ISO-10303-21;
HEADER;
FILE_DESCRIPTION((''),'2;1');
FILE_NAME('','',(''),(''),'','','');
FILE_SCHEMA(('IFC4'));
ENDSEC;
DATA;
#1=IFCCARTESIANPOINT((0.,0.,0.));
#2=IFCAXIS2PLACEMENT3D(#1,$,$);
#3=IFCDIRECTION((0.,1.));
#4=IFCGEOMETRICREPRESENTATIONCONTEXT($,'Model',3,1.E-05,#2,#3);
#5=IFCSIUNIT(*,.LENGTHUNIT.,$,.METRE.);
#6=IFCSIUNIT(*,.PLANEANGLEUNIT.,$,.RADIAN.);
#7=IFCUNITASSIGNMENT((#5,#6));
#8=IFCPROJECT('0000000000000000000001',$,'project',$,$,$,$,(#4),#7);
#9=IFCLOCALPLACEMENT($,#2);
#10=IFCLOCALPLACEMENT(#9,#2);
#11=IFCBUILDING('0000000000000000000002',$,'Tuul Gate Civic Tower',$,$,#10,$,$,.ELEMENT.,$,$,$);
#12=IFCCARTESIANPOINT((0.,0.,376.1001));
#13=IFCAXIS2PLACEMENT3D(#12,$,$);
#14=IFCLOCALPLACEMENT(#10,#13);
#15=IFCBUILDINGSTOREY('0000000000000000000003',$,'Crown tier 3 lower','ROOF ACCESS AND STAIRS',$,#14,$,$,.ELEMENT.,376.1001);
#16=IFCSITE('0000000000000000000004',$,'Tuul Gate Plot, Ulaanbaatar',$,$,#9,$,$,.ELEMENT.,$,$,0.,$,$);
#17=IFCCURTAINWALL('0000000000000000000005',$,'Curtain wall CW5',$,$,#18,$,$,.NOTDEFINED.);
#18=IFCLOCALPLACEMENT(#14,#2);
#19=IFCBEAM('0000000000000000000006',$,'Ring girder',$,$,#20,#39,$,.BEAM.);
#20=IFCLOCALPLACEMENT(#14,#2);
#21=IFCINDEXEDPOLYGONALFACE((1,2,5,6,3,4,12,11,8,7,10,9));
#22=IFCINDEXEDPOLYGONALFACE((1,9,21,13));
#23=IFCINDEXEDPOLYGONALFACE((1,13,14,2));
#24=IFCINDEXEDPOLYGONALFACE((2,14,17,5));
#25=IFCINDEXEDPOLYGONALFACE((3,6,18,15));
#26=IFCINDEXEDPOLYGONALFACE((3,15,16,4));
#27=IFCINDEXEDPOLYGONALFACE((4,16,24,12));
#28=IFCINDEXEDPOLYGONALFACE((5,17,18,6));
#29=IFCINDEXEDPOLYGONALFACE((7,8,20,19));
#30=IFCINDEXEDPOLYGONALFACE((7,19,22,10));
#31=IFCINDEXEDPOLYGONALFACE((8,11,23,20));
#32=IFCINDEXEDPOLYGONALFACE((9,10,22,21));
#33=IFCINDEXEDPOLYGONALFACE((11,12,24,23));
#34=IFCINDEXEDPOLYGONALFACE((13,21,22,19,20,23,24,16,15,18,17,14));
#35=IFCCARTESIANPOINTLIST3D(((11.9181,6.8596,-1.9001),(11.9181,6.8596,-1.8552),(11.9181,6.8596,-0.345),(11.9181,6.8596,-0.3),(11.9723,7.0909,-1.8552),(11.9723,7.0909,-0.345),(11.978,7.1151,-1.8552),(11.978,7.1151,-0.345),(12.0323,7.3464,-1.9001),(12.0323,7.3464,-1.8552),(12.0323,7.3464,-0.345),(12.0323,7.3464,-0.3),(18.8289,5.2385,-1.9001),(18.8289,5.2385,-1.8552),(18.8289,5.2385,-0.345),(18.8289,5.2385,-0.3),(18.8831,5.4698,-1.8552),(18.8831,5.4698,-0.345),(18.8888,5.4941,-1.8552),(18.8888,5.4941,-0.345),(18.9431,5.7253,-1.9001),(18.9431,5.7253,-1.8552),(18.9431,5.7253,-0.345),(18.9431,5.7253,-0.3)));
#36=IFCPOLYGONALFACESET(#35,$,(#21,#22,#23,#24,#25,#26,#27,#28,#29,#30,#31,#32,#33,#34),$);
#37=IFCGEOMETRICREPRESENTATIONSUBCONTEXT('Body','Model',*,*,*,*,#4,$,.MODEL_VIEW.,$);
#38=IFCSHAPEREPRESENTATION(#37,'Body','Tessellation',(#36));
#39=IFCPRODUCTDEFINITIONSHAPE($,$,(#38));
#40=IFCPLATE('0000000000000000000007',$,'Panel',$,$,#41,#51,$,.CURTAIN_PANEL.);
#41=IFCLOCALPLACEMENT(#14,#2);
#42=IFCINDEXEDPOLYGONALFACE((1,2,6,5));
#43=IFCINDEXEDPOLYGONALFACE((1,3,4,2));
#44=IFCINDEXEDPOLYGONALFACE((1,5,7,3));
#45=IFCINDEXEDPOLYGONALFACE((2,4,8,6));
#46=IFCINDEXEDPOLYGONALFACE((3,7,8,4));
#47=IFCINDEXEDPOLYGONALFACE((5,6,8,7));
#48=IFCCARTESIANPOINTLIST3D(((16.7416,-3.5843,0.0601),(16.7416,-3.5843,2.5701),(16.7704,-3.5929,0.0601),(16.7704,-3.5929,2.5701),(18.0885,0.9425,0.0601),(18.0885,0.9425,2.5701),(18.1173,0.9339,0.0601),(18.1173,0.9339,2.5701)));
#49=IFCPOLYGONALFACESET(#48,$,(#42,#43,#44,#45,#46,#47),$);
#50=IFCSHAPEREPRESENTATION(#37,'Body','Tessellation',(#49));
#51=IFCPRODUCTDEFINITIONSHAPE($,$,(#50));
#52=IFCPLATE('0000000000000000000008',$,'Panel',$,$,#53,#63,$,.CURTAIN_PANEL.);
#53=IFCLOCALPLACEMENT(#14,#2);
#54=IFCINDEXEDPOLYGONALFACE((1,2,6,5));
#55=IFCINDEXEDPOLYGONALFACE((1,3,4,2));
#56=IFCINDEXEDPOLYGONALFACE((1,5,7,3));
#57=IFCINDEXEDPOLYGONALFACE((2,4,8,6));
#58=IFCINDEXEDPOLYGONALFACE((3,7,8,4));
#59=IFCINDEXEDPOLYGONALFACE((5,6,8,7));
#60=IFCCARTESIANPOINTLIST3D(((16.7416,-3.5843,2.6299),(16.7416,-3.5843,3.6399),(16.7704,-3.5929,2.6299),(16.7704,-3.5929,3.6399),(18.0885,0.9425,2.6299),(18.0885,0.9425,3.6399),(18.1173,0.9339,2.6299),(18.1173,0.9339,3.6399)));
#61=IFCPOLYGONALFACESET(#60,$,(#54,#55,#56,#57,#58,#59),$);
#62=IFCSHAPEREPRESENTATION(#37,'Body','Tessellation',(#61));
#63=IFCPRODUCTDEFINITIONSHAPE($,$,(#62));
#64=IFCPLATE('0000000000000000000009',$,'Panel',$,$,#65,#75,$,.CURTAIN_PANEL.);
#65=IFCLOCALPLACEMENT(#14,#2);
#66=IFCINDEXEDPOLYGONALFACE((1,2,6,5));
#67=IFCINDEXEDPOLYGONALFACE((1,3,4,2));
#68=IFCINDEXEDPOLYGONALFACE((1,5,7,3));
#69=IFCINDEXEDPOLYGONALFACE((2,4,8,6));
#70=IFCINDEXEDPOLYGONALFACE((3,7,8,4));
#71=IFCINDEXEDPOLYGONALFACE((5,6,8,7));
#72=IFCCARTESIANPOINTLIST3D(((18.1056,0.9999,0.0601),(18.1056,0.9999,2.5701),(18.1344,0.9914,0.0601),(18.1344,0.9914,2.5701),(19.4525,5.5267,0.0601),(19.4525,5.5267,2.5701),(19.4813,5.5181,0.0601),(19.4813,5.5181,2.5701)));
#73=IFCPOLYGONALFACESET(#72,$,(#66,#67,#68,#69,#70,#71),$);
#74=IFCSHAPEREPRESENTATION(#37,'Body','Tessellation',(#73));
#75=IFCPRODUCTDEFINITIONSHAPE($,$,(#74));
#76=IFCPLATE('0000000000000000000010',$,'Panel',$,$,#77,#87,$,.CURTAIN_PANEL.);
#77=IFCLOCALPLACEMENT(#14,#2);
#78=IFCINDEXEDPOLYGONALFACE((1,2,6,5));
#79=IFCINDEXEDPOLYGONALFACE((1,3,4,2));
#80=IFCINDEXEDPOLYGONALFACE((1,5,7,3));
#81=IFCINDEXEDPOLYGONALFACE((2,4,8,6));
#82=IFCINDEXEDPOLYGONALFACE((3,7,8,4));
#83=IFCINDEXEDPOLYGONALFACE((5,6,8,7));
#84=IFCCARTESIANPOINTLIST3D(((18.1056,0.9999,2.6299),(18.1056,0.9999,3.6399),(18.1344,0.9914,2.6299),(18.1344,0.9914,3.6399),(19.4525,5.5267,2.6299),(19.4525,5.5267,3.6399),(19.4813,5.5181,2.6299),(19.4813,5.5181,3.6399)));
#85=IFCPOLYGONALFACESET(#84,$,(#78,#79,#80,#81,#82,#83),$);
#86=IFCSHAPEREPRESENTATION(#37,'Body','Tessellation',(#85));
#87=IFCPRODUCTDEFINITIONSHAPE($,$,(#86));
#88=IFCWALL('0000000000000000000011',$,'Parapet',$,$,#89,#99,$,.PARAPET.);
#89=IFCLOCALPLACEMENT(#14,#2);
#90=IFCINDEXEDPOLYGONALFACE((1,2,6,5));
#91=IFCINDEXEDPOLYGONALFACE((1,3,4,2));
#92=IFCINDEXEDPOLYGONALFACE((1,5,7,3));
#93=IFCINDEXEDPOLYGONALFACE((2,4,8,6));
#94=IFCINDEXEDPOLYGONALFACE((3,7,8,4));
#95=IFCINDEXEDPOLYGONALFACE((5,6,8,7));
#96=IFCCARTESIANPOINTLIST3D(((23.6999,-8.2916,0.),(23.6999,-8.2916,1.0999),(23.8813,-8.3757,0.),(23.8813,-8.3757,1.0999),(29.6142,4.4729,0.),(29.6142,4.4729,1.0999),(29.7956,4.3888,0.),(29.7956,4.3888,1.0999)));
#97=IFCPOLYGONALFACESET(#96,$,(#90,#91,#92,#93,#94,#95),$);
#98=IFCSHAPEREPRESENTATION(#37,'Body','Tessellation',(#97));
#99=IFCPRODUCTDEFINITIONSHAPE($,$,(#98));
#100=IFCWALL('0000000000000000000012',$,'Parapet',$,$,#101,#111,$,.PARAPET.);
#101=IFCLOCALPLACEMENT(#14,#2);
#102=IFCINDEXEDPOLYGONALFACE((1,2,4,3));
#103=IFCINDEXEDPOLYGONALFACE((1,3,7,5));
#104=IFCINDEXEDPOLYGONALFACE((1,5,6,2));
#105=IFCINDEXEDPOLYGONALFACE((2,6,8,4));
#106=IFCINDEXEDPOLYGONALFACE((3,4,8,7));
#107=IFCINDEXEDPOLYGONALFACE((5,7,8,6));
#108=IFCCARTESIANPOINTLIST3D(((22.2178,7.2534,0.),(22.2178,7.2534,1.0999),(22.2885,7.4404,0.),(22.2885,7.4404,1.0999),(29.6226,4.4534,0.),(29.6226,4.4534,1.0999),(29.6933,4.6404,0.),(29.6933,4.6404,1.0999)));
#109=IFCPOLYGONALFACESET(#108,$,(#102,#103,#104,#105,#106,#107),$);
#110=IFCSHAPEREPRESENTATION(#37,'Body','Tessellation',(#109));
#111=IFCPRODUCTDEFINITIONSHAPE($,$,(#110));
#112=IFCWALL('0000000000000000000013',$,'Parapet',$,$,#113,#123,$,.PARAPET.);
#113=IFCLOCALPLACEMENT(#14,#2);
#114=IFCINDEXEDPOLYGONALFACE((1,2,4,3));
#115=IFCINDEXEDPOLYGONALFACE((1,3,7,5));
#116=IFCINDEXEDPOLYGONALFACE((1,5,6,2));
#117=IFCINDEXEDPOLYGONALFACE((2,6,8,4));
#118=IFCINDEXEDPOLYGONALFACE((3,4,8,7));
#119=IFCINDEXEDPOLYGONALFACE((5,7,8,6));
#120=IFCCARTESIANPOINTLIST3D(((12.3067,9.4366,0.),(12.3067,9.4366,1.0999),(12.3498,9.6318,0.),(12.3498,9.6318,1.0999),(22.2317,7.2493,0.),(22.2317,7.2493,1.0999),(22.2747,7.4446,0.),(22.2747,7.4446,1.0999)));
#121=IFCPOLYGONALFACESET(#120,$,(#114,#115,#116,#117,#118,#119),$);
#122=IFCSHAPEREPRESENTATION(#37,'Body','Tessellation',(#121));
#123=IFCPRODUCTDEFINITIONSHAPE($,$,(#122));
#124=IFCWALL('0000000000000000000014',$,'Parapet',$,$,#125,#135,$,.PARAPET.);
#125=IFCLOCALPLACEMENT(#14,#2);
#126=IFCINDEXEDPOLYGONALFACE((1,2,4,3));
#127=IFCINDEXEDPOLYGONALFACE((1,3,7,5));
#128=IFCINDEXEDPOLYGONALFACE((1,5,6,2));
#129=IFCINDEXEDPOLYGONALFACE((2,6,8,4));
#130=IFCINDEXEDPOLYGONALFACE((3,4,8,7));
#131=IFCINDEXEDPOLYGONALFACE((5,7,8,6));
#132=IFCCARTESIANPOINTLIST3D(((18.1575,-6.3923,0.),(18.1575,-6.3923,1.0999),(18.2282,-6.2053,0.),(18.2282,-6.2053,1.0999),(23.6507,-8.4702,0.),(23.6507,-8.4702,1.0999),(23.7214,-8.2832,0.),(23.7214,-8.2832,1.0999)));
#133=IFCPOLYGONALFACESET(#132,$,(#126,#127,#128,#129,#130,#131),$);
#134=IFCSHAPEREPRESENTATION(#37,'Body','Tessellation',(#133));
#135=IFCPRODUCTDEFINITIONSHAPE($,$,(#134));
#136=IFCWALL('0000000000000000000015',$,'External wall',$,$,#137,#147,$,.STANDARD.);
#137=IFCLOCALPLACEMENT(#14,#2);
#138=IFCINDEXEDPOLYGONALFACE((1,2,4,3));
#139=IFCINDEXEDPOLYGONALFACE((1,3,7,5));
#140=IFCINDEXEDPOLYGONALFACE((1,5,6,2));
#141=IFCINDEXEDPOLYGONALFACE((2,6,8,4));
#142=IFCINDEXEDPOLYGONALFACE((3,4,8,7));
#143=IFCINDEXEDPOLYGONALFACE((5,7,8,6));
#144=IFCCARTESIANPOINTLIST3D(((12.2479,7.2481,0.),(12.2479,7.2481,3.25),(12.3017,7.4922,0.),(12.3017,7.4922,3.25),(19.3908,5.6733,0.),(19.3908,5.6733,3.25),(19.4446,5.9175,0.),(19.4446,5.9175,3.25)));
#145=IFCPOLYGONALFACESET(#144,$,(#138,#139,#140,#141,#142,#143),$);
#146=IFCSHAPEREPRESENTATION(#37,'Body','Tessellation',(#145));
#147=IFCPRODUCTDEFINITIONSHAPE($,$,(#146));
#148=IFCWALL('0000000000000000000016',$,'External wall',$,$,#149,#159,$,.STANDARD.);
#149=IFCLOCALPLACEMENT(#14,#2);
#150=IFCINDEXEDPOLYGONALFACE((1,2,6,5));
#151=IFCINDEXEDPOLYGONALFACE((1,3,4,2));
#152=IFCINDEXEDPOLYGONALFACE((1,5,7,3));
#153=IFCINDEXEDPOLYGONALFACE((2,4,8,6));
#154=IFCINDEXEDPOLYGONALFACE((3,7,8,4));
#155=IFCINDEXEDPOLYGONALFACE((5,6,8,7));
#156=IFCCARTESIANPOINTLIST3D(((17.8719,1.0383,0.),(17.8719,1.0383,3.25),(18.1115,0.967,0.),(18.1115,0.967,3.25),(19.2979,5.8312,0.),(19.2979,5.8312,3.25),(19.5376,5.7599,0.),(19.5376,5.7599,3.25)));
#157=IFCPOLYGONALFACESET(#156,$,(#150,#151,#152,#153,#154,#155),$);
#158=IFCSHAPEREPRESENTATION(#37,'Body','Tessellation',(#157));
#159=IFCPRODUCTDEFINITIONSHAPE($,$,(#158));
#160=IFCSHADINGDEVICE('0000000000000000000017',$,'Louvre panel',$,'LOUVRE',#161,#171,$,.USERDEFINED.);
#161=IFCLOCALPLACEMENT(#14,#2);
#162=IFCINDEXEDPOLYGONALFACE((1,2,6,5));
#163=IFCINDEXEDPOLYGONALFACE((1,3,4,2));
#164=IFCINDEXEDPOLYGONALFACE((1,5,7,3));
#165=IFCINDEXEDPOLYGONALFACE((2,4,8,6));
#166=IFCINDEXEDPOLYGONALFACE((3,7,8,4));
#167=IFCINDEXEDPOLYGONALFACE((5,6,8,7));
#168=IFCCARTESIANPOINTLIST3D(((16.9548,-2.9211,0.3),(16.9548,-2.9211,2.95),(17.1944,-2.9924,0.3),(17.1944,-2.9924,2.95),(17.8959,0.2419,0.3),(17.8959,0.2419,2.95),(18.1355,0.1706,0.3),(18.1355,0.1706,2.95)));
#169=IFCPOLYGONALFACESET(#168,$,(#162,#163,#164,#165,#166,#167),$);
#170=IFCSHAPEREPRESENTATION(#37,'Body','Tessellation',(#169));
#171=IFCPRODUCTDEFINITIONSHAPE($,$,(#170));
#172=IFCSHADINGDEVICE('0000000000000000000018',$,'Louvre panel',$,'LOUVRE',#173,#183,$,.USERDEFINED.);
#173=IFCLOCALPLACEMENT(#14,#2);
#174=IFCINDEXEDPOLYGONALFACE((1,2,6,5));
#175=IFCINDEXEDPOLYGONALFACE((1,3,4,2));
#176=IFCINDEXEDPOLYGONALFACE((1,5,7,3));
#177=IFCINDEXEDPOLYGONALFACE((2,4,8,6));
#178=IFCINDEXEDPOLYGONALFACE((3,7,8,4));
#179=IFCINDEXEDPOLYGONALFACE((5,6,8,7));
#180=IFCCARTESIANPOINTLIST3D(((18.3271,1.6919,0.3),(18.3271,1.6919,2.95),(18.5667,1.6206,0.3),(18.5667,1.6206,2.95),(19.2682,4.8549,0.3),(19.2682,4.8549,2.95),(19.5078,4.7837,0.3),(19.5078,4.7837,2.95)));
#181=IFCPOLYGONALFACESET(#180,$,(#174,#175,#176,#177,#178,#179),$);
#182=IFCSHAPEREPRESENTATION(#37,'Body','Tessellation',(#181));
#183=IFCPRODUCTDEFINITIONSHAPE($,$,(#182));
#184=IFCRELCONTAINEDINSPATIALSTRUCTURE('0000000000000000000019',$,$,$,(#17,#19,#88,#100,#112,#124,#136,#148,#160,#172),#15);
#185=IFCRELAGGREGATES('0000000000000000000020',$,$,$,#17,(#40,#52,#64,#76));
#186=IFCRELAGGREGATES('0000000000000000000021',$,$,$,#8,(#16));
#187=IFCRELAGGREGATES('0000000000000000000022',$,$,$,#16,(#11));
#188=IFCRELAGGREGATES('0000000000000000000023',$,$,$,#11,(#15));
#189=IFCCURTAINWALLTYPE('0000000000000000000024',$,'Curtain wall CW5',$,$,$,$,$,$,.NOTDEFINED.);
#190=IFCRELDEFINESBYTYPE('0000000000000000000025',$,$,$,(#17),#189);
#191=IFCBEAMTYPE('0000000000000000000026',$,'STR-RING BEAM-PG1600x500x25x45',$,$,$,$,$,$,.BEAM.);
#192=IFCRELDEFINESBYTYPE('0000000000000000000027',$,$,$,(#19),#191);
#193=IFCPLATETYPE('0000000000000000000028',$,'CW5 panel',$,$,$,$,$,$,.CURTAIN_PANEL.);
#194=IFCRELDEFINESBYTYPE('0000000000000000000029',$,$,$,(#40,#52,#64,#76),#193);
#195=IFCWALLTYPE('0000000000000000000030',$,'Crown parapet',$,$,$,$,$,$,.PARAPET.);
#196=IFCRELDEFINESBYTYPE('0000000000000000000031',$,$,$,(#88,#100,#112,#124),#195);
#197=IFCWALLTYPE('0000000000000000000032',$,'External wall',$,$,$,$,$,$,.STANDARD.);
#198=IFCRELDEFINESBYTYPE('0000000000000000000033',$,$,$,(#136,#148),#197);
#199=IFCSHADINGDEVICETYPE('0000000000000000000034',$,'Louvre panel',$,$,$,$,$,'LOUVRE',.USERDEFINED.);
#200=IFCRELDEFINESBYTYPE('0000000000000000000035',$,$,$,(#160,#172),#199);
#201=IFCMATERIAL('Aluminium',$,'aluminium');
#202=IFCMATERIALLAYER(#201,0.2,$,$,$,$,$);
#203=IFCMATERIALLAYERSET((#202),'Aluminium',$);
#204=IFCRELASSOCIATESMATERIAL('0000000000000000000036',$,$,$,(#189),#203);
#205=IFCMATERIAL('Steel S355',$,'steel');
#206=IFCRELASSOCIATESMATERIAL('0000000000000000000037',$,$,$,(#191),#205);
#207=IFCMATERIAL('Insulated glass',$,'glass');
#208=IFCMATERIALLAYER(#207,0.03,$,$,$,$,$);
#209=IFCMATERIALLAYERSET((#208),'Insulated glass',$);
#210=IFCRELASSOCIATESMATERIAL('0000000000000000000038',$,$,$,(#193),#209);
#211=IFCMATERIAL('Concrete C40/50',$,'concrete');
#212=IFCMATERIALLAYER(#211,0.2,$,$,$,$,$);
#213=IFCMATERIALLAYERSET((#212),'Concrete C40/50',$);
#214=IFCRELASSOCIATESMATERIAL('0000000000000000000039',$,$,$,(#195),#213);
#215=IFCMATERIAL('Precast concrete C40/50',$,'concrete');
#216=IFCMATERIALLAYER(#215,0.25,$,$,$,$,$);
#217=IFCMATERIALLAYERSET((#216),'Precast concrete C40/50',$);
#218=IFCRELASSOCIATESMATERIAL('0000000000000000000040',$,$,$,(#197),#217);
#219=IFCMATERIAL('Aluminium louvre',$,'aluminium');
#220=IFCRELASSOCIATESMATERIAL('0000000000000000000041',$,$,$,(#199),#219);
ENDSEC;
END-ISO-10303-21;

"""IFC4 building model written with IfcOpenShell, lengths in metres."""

from ifc_helpers import new_model, si_unit, direction, frame, frame_2d, origin, origin_2d, place, context, subcontext, project, spatial, rectangle, i_section, extrude, material, layer, layer_set, material_profile, profile_set, type_object, element, aggregate, save


model = new_model("IFC4")

# Units and contexts
model_context = context("Model", 3, precision=1e-05, world=origin(), true_north=direction((0.0, 1.0)))
body_context = subcontext(model_context, "Body", "Model", "MODEL_VIEW")
ifc_project = project(units=[si_unit("LENGTHUNIT", "METRE"), si_unit("PLANEANGLEUNIT", "RADIAN")], contexts=[model_context])

# Site, building, storey
site_placement = place(None, origin())
site = spatial("IfcSite", under=ifc_project, at=site_placement, Name="Tuul Gate Plot, Ulaanbaatar", CompositionType="ELEMENT", RefElevation=0.0)
building_placement = place(site_placement, origin())
building = spatial("IfcBuilding", under=site, at=building_placement, Name="Tuul Gate Civic Tower", CompositionType="ELEMENT")
storey_placement = place(building_placement, frame((0.0, 0.0, 376.1001)))
storey = spatial("IfcBuildingStorey", under=building, at=storey_placement, Name="Crown tier 3 lower", Description="ROOF ACCESS AND STAIRS", CompositionType="ELEMENT", Elevation=376.1001)

# Shared definitions
ifc_material_1 = material(Name="Aluminium", Category="aluminium")
ifc_layer_1 = layer(ifc_material_1, 0.2)
ifc_layer_set_1 = layer_set([ifc_layer_1], Name="Aluminium")
curtain_wall_type = type_object("IfcCurtainWallType", Name="Curtain wall CW5", PredefinedType="NOTDEFINED", material=ifc_layer_set_1)

# Curtain wall
curtain_wall_1_placement = place(storey_placement, origin())
curtain_wall_1 = element("IfcCurtainWall", 1, at=curtain_wall_1_placement, inside=storey, type_object=curtain_wall_type, Name="Curtain wall CW5", PredefinedType="NOTDEFINED")

# Beam
ifc_material_2 = material(Name="Steel S355", Category="steel")
ifc_material_profile_1 = material_profile(ifc_material_2, i_section(OverallWidth=0.5, OverallDepth=1.6001, WebThickness=0.0249, FlangeThickness=0.0449, at=origin_2d()), Name="PG1600x500x25x45")
ifc_profile_set_1 = profile_set([ifc_material_profile_1], Name="Steel S355")
beam_type_1 = type_object("IfcBeamType", Name="STR-RING BEAM-PG1600x500x25x45", PredefinedType="BEAM", material=ifc_profile_set_1)
beam_1_placement = place(storey_placement, frame((18.886, 5.4819, -1.1001), z_axis=(-0.973574, 0.228372, 0.0), x_axis=(-0.228372, -0.973574, 0.0)))
element("IfcBeam", 2, at=beam_1_placement, inside=storey, type_object=beam_type_1, Name="Ring girder", PredefinedType="BEAM", context=body_context, shape_type="SweptSolid", body=[
    extrude(i_section(OverallWidth=0.5, OverallDepth=1.6001, WebThickness=0.0249, FlangeThickness=0.0449, at=origin_2d()), origin(), (0.0, 0.0, 1.0), 7.0984),
])

# Plates
ifc_material_3 = material(Name="Insulated glass", Category="glass")
ifc_layer_2 = layer(ifc_material_3, 0.03)
ifc_layer_set_2 = layer_set([ifc_layer_2], Name="Insulated glass")
plate_type = type_object("IfcPlateType", Name="CW5 panel", PredefinedType="CURTAIN_PANEL", material=ifc_layer_set_2)
plate_1_placement = place(storey_placement, frame((17.4294, -1.3252, 0.0601), z_axis=(0.0, 0.0, 1.0), x_axis=(0.285174, 0.958476, 0.0)))
plate_1 = element("IfcPlate", 3, at=plate_1_placement, type_object=plate_type, Name="Panel", PredefinedType="CURTAIN_PANEL", context=body_context, shape_type="SweptSolid", body=[
    extrude(rectangle(XDim=4.7229, YDim=0.03, at=origin_2d()), origin(), (0.0, 0.0, 1.0), 2.51),
])
plate_2_placement = place(storey_placement, frame((17.4294, -1.3252, 2.6299), z_axis=(0.0, 0.0, 1.0), x_axis=(0.285174, 0.958476, 0.0)))
plate_2 = element("IfcPlate", 4, at=plate_2_placement, type_object=plate_type, Name="Panel", PredefinedType="CURTAIN_PANEL", context=body_context, shape_type="SweptSolid", body=[
    extrude(rectangle(XDim=4.7229, YDim=0.03, at=origin_2d()), origin(), (0.0, 0.0, 1.0), 1.01),
])
plate_3_placement = place(storey_placement, frame((18.7935, 3.259, 0.0601), z_axis=(0.0, 0.0, 1.0), x_axis=(0.285174, 0.958476, 0.0)))
plate_3 = element("IfcPlate", 5, at=plate_3_placement, type_object=plate_type, Name="Panel", PredefinedType="CURTAIN_PANEL", context=body_context, shape_type="SweptSolid", body=[
    extrude(rectangle(XDim=4.7229, YDim=0.03, at=origin_2d()), origin(), (0.0, 0.0, 1.0), 2.51),
])
plate_4_placement = place(storey_placement, frame((18.7935, 3.259, 2.6299), z_axis=(0.0, 0.0, 1.0), x_axis=(0.285174, 0.958476, 0.0)))
plate_4 = element("IfcPlate", 6, at=plate_4_placement, type_object=plate_type, Name="Panel", PredefinedType="CURTAIN_PANEL", context=body_context, shape_type="SweptSolid", body=[
    extrude(rectangle(XDim=4.7229, YDim=0.03, at=origin_2d()), origin(), (0.0, 0.0, 1.0), 1.01),
])
aggregate(curtain_wall_1, [plate_1, plate_2, plate_3, plate_4])

# Walls
ifc_material_4 = material(Name="Concrete C40/50", Category="concrete")
ifc_layer_3 = layer(ifc_material_4, 0.2)
ifc_layer_set_3 = layer_set([ifc_layer_3], Name="Concrete C40/50")
wall_type_1 = type_object("IfcWallType", Name="Crown parapet", PredefinedType="PARAPET", material=ifc_layer_set_3)
wall_1_placement = place(storey_placement, frame((23.7905, -8.3337, 0.0), z_axis=(0.0, 0.0, 1.0), x_axis=(0.420408, 0.907335, 0.0)))
element("IfcWall", 7, at=wall_1_placement, inside=storey, type_object=wall_type_1, Name="Parapet", PredefinedType="PARAPET", context=body_context, shape_type="SweptSolid", body=[
    extrude(rectangle(XDim=14.0681, YDim=0.2, at=frame_2d((7.0342, 0.0))), origin(), (0.0, 0.0, 1.0), 1.0999),
])
wall_2_placement = place(storey_placement, frame((29.658, 4.5469, 0.0), z_axis=(0.0, 0.0, 1.0), x_axis=(-0.93536, 0.353697, 0.0)))
element("IfcWall", 8, at=wall_2_placement, inside=storey, type_object=wall_type_1, Name="Parapet", PredefinedType="PARAPET", context=body_context, shape_type="SweptSolid", body=[
    extrude(rectangle(XDim=7.9165, YDim=0.2, at=frame_2d((3.9583, 0.0))), origin(), (0.0, 0.0, 1.0), 1.0999),
])
wall_3_placement = place(storey_placement, frame((22.2532, 7.3469, 0.0), z_axis=(0.0, 0.0, 1.0), x_axis=(-0.976566, 0.215218, 0.0)))
element("IfcWall", 9, at=wall_3_placement, inside=storey, type_object=wall_type_1, Name="Parapet", PredefinedType="PARAPET", context=body_context, shape_type="SweptSolid", body=[
    extrude(rectangle(XDim=10.1631, YDim=0.2, at=frame_2d((5.0815, 0.0))), origin(), (0.0, 0.0, 1.0), 1.0999),
])
wall_4_placement = place(storey_placement, frame((18.1929, -6.2988, 0.0), z_axis=(0.0, 0.0, 1.0), x_axis=(0.935321, -0.353801, 0.0)))
element("IfcWall", 10, at=wall_4_placement, inside=storey, type_object=wall_type_1, Name="Parapet", PredefinedType="PARAPET", context=body_context, shape_type="SweptSolid", body=[
    extrude(rectangle(XDim=5.873, YDim=0.2, at=frame_2d((2.9365, 0.0))), origin(), (0.0, 0.0, 1.0), 1.0999),
])
ifc_material_5 = material(Name="Precast concrete C40/50", Category="concrete")
ifc_layer_4 = layer(ifc_material_5, 0.25)
ifc_layer_set_4 = layer_set([ifc_layer_4], Name="Precast concrete C40/50")
wall_type_2 = type_object("IfcWallType", Name="External wall", PredefinedType="STANDARD", material=ifc_layer_set_4)
wall_5_placement = place(storey_placement, frame((19.4177, 5.7954, 0.0), z_axis=(0.0, 0.0, 1.0), x_axis=(-0.97655, 0.21529, 0.0)))
element("IfcWall", 11, at=wall_5_placement, inside=storey, type_object=wall_type_2, Name="External wall", PredefinedType="STANDARD", context=body_context, shape_type="SweptSolid", body=[
    extrude(rectangle(XDim=7.3145, YDim=0.25, at=frame_2d((3.6572, 0.0))), origin(), (0.0, 0.0, 1.0), 3.25),
])
wall_6_placement = place(storey_placement, frame((17.9917, 1.0027, 0.0), z_axis=(0.0, 0.0, 1.0), x_axis=(0.285184, 0.958473, 0.0)))
element("IfcWall", 12, at=wall_6_placement, inside=storey, type_object=wall_type_2, Name="External wall", PredefinedType="STANDARD", context=body_context, shape_type="SweptSolid", body=[
    extrude(rectangle(XDim=5.0005, YDim=0.25, at=frame_2d((2.5002, 0.0))), origin(), (0.0, 0.0, 1.0), 3.25),
])

# Shading devices
ifc_material_6 = material(Name="Aluminium louvre", Category="aluminium")
shading_device_type = type_object("IfcShadingDeviceType", Name="Louvre panel", ElementType="LOUVRE", PredefinedType="USERDEFINED", material=ifc_material_6)
for number, where, z_axis, x_axis, name in (
    (13, (17.5452, -1.3752, 0.3), (0.0, 0.0, 1.0), (0.958476, -0.285174, 0.0), "Louvre panel"),
    (14, (18.9175, 3.2378, 0.3), (0.0, 0.0, 1.0), (0.958476, -0.285174, 0.0), "Louvre panel"),
):
    element("IfcShadingDevice", number, at=place(storey_placement, frame(where, z_axis=z_axis, x_axis=x_axis)), inside=storey, type_object=shading_device_type, Name=name, ObjectType="LOUVRE", PredefinedType="USERDEFINED", context=body_context, shape_type="SweptSolid", body=[
        extrude(rectangle(XDim=0.25, YDim=3.3, at=origin_2d()), origin(), (0.0, 0.0, 1.0), 2.6499),
    ])

save(model, "model.ifc")
